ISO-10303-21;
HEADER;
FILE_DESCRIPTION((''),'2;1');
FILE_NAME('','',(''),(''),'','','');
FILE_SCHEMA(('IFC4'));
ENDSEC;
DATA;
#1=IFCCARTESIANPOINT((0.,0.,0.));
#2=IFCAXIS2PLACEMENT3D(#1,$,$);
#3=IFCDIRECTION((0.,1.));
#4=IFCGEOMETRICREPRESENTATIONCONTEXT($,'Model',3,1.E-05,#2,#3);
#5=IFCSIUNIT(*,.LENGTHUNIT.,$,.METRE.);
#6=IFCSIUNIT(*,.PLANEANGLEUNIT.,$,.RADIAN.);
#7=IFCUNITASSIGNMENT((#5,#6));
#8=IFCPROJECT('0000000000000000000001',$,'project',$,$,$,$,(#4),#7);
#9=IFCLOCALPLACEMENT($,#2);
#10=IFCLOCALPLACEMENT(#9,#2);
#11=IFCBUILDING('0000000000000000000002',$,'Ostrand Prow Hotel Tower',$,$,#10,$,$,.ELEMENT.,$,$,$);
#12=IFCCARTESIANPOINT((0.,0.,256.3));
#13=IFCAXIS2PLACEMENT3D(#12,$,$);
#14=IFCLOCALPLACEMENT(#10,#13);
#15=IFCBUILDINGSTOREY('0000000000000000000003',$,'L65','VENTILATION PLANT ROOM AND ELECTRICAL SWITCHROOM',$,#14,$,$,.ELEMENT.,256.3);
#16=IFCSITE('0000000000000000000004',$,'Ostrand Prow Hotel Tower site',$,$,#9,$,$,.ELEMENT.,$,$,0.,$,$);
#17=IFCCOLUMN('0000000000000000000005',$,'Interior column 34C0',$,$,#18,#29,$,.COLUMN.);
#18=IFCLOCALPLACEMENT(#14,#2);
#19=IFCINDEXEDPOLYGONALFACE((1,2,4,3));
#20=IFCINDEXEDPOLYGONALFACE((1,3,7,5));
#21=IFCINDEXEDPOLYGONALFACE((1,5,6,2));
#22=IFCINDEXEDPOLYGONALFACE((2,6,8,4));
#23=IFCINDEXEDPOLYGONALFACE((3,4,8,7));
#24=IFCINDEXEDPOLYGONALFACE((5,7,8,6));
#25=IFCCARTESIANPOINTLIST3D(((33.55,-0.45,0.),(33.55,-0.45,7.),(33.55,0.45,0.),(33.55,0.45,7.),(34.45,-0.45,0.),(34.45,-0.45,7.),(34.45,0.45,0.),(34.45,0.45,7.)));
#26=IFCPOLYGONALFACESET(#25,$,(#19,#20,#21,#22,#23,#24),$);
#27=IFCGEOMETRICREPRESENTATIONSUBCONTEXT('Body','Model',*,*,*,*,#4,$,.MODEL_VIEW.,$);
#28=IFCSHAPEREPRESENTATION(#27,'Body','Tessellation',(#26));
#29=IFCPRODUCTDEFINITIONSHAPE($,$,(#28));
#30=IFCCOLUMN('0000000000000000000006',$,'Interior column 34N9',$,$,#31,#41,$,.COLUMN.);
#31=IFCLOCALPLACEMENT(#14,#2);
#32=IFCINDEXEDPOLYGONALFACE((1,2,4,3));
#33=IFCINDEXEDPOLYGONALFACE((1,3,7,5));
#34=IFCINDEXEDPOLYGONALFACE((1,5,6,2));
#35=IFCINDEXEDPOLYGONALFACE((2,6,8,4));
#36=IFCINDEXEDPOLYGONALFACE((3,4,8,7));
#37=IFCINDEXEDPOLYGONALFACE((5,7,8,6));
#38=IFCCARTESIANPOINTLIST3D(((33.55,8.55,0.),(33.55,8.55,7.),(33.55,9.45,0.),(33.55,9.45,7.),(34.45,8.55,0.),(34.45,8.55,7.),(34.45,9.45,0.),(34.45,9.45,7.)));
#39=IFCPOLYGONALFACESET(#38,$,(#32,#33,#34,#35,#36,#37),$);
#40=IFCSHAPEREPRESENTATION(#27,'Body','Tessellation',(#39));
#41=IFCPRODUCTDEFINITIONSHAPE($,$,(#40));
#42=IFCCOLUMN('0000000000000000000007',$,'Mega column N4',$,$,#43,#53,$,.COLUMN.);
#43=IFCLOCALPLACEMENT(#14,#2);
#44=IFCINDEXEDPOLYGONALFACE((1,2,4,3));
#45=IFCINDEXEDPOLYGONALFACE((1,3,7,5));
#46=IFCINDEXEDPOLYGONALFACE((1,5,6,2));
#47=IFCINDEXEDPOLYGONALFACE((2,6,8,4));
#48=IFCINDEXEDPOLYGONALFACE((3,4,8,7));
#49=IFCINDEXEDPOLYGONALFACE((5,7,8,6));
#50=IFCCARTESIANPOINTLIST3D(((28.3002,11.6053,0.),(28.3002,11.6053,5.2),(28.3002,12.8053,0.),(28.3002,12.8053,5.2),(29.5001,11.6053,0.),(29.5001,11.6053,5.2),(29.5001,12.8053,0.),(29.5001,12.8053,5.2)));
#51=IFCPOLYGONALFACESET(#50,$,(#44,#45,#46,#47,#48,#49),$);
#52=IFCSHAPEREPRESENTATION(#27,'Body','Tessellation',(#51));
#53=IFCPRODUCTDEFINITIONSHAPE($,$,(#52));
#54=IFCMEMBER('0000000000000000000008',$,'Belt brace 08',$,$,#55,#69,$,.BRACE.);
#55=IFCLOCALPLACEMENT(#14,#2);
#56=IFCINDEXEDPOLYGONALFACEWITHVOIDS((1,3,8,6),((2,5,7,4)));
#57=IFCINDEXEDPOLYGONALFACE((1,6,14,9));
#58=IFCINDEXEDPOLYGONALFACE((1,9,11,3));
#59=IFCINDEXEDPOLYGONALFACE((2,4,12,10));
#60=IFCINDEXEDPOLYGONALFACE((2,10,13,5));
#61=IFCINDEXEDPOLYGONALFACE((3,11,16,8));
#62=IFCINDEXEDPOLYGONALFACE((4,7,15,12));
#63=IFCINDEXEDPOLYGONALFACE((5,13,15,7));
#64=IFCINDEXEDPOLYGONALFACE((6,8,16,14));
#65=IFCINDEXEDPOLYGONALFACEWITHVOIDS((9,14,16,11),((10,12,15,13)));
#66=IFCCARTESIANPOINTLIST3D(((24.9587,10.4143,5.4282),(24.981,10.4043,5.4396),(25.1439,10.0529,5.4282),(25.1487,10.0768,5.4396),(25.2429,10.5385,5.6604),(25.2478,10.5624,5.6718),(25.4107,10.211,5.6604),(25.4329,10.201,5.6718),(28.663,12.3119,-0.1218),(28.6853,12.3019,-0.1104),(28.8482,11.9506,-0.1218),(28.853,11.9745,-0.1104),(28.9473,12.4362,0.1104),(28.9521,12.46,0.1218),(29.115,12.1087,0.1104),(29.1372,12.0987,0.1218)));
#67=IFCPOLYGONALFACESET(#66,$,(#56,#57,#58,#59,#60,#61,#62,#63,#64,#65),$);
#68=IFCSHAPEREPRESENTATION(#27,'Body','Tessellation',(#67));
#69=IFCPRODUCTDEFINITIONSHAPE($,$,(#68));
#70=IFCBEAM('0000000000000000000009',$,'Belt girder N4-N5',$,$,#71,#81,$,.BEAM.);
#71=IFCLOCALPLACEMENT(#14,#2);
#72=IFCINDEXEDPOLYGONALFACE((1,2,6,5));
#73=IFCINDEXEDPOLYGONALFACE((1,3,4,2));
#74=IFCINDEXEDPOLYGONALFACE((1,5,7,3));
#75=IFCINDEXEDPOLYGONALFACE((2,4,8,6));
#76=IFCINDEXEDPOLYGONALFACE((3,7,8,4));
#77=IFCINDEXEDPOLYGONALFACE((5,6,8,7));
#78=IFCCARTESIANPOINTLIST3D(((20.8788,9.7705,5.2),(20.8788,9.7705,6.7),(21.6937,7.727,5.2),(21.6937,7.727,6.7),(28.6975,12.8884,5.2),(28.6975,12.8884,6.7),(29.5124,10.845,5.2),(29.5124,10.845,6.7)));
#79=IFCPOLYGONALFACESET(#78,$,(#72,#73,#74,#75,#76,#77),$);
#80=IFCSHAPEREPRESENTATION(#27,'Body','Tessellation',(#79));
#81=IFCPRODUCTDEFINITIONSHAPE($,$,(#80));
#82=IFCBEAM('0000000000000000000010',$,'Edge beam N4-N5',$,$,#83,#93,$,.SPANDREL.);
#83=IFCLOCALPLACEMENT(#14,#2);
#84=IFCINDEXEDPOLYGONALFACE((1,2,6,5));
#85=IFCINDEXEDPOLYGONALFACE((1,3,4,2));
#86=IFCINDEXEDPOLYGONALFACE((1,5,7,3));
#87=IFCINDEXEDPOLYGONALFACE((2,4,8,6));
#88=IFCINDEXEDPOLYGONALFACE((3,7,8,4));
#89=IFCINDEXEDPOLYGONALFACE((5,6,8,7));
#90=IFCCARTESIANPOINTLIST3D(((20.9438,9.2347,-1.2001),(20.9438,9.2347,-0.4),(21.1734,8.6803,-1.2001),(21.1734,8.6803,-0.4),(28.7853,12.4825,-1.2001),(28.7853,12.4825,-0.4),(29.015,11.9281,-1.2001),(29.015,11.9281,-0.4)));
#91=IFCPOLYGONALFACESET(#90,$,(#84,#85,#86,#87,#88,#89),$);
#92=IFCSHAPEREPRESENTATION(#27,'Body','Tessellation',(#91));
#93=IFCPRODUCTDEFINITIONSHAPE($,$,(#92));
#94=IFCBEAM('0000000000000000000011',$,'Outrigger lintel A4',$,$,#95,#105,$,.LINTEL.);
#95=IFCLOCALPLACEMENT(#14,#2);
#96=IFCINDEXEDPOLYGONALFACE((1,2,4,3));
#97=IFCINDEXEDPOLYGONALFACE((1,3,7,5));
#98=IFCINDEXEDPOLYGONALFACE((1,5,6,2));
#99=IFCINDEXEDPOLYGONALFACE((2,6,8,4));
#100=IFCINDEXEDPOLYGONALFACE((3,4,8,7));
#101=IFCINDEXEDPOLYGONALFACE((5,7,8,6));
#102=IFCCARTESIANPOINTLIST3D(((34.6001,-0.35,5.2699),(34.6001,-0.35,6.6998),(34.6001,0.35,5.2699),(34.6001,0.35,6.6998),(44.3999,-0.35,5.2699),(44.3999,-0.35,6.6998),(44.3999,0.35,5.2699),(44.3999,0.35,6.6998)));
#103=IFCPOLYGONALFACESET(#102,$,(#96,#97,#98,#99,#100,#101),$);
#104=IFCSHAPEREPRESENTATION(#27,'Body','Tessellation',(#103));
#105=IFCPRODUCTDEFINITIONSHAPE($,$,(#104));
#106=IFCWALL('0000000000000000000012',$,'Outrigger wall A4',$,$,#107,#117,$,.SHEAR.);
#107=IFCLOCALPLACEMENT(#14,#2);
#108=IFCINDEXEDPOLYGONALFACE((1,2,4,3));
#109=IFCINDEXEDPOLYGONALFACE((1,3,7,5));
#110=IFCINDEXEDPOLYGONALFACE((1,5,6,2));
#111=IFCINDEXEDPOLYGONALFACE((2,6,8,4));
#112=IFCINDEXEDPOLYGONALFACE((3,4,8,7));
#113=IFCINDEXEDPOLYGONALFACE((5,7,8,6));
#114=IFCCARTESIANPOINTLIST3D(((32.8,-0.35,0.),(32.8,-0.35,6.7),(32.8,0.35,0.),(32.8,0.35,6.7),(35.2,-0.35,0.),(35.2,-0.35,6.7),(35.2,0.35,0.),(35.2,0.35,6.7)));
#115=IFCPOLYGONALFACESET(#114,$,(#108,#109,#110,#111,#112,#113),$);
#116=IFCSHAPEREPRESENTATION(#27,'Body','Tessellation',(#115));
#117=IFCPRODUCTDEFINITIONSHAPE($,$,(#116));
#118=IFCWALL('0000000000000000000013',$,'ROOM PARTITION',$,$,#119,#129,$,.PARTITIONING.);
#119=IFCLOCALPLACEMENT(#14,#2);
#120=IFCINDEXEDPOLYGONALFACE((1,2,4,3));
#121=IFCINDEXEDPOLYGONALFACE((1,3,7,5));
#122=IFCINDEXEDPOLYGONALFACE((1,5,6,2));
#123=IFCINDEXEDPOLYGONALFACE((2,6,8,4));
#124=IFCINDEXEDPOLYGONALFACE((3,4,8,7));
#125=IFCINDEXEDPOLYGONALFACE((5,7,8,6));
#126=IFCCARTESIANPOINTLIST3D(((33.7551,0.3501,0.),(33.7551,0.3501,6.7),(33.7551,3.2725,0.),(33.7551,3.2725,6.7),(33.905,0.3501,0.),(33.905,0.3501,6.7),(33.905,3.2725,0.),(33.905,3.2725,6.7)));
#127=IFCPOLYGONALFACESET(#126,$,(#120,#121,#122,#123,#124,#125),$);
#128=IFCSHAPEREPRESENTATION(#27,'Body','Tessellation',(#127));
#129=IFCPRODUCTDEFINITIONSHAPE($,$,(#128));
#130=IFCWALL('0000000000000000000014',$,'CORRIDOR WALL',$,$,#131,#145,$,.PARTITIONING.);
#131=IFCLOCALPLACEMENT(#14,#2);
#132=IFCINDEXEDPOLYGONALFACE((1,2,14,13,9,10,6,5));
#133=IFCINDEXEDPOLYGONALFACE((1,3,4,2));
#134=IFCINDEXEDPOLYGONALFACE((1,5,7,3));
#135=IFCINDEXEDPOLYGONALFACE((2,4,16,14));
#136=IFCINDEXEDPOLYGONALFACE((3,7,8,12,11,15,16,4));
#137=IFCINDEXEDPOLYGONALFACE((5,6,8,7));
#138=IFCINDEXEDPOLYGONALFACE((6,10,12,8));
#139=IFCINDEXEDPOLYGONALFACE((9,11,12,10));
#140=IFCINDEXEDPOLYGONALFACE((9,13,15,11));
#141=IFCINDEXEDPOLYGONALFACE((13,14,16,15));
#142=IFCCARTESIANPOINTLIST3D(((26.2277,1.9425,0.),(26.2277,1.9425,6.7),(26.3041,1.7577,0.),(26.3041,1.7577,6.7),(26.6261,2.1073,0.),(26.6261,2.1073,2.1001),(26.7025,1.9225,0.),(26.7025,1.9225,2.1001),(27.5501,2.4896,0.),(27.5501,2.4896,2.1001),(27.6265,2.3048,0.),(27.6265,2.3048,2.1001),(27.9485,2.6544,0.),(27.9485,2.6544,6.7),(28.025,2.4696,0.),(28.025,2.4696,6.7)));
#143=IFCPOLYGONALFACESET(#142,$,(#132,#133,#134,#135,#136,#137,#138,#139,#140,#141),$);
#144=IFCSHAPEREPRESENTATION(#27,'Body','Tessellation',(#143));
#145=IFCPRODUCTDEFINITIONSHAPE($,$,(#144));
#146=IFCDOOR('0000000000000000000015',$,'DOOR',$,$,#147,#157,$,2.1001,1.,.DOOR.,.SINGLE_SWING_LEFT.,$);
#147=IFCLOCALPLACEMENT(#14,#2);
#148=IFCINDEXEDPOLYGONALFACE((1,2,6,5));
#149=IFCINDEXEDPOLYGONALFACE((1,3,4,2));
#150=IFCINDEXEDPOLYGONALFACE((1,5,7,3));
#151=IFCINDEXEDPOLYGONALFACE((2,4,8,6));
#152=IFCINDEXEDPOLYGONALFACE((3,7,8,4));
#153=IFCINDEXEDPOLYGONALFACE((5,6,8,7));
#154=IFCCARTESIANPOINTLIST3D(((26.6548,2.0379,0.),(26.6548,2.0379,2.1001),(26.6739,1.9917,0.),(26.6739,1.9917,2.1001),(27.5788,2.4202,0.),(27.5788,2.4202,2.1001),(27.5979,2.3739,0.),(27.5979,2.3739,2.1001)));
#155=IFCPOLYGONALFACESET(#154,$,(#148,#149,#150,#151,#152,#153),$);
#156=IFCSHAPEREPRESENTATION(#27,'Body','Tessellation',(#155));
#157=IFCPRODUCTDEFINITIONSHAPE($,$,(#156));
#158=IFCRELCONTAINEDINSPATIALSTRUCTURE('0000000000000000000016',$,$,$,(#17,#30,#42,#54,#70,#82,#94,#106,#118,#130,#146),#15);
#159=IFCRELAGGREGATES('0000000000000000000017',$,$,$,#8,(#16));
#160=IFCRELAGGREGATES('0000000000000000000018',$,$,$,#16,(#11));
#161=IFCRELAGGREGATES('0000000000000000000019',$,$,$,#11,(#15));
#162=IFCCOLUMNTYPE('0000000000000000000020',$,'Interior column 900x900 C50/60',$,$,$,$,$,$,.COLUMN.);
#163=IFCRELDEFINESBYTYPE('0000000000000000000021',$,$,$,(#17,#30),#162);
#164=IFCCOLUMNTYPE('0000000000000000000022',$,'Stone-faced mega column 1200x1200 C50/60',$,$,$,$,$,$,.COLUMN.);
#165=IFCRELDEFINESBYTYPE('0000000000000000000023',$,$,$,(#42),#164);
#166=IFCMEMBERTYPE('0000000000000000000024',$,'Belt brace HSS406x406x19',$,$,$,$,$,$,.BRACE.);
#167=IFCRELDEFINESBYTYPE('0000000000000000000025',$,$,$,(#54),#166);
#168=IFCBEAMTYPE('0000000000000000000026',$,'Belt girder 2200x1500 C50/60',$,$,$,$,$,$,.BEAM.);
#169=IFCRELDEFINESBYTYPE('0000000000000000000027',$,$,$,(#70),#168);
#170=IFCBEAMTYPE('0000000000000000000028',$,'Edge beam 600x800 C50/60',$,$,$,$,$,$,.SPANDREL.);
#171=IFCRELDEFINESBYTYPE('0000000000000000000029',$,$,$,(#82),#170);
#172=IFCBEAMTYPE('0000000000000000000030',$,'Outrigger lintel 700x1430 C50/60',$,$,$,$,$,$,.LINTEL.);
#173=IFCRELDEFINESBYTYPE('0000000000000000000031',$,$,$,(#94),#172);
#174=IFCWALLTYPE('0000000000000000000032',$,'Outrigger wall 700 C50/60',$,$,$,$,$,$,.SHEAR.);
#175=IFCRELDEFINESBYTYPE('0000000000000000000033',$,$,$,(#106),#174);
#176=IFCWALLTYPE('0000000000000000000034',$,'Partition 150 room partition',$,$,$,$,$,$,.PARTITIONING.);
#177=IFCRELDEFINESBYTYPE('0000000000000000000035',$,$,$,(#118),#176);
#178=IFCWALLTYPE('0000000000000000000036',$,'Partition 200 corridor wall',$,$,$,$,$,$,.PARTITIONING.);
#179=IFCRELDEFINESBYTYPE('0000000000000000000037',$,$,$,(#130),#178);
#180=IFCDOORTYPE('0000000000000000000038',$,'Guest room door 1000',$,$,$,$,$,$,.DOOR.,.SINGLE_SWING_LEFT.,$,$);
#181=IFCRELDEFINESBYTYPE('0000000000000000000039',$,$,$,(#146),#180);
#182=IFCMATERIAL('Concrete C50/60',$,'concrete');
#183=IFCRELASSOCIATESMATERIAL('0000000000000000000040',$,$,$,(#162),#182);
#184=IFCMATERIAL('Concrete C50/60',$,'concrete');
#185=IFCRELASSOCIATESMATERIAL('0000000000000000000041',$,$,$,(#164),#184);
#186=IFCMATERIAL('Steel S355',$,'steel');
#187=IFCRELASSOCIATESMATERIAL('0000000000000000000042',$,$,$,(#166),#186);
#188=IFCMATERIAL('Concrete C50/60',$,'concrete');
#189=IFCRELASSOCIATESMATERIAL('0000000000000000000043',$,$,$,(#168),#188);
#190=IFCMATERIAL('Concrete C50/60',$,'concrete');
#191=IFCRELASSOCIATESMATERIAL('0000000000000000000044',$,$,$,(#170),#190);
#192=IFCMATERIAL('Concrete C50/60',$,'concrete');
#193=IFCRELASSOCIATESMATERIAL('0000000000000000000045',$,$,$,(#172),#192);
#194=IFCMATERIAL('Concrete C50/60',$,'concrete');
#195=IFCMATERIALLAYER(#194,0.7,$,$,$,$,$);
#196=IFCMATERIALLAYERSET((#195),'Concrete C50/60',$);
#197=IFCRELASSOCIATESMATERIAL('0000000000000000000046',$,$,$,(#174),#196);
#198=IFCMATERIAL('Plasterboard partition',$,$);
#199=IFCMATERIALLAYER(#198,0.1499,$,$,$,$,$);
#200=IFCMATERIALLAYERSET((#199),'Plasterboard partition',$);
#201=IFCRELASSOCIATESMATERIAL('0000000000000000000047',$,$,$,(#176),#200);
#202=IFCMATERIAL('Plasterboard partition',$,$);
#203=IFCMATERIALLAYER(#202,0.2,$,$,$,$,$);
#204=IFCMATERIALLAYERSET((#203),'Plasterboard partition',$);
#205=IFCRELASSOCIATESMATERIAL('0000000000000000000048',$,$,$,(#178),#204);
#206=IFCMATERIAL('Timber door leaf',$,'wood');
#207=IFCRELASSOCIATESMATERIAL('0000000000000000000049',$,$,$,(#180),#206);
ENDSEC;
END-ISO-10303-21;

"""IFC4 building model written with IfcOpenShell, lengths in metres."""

from ifc_helpers import new_model, si_unit, direction, frame, frame_2d, origin, origin_2d, place, context, subcontext, project, spatial, rectangle, hollow_rectangle, extrude, material, layer, layer_set, material_profile, profile_set, type_object, element, fill, save


model = new_model("IFC4")

# Units and contexts
model_context = context("Model", 3, precision=1e-05, world=origin(), true_north=direction((0.0, 1.0)))
body_context = subcontext(model_context, "Body", "Model", "MODEL_VIEW")
ifc_project = project(units=[si_unit("LENGTHUNIT", "METRE"), si_unit("PLANEANGLEUNIT", "RADIAN")], contexts=[model_context])

# Site, building, storey
site_placement = place(None, origin())
site = spatial("IfcSite", under=ifc_project, at=site_placement, Name="Ostrand Prow Hotel Tower site", CompositionType="ELEMENT", RefElevation=0.0)
building_placement = place(site_placement, origin())
building = spatial("IfcBuilding", under=site, at=building_placement, Name="Ostrand Prow Hotel Tower", CompositionType="ELEMENT")
storey_placement = place(building_placement, frame((0.0, 0.0, 256.3)))
storey = spatial("IfcBuildingStorey", under=building, at=storey_placement, Name="L65", Description="VENTILATION PLANT ROOM AND ELECTRICAL SWITCHROOM", CompositionType="ELEMENT", Elevation=256.3)

# Columns
ifc_material_1 = material(Name="Concrete C50/60", Category="concrete")
ifc_material_profile_1 = material_profile(ifc_material_1, rectangle(XDim=0.8999, YDim=0.8999, at=origin_2d()), Name="RC 900x900")
ifc_profile_set_1 = profile_set([ifc_material_profile_1], Name="Concrete C50/60")
column_type_1 = type_object("IfcColumnType", Name="Interior column 900x900 C50/60", PredefinedType="COLUMN", material=ifc_profile_set_1)
for number, where, z_axis, x_axis, name in (
    (1, (34.0, 0.0, 0.0), (0.0, 0.0, 1.0), (1.0, 0.0, 0.0), "Interior column 34C0"),
    (2, (34.0, 9.0, 0.0), (0.0, 0.0, 1.0), (1.0, 0.0, 0.0), "Interior column 34N9"),
):
    element("IfcColumn", number, at=place(storey_placement, frame(where, z_axis=z_axis, x_axis=x_axis)), inside=storey, type_object=column_type_1, Name=name, PredefinedType="COLUMN", context=body_context, shape_type="SweptSolid", body=[
        extrude(rectangle(XDim=0.8999, YDim=0.8999, at=origin_2d()), origin(), (0.0, 0.0, 1.0), 7.0),
    ])
ifc_material_2 = material(Name="Concrete C50/60", Category="concrete")
ifc_material_profile_2 = material_profile(ifc_material_2, rectangle(XDim=1.2, YDim=1.2, at=origin_2d()), Name="RC 1200x1200")
ifc_profile_set_2 = profile_set([ifc_material_profile_2], Name="Concrete C50/60")
column_type_2 = type_object("IfcColumnType", Name="Stone-faced mega column 1200x1200 C50/60", PredefinedType="COLUMN", material=ifc_profile_set_2)
column_placement = place(storey_placement, frame((28.9001, 12.2053, 0.0), z_axis=(0.0, 0.0, 1.0), x_axis=(1.0, 0.0, 0.0)))
element("IfcColumn", 3, at=column_placement, inside=storey, type_object=column_type_2, Name="Mega column N4", PredefinedType="COLUMN", context=body_context, shape_type="SweptSolid", body=[
    extrude(rectangle(XDim=1.2, YDim=1.2, at=origin_2d()), origin(), (0.0, 0.0, 1.0), 5.2),
])

# Member
ifc_material_3 = material(Name="Steel S355", Category="steel")
ifc_material_profile_3 = material_profile(ifc_material_3, hollow_rectangle(XDim=0.406, YDim=0.406, WallThickness=0.019, at=origin_2d()), Name="HSS406x406x19")
ifc_profile_set_3 = profile_set([ifc_material_profile_3], Name="Steel S355")
member_type = type_object("IfcMemberType", Name="Belt brace HSS406x406x19", PredefinedType="BRACE", material=ifc_profile_set_3)
member_placement = place(storey_placement, frame((28.9001, 12.2053, 0.0), z_axis=(-0.533973, -0.27355, 0.800027), x_axis=(0.455944, -0.890009, 0.0)))
element("IfcMember", 4, at=member_placement, inside=storey, type_object=member_type, Name="Belt brace 08", PredefinedType="BRACE", context=body_context, shape_type="SweptSolid", body=[
    extrude(hollow_rectangle(XDim=0.406, YDim=0.406, WallThickness=0.019, at=origin_2d()), origin(), (0.0, 0.0, 1.0), 6.9373),
])

# Beams
ifc_material_4 = material(Name="Concrete C50/60", Category="concrete")
ifc_material_profile_4 = material_profile(ifc_material_4, rectangle(XDim=2.2, YDim=1.5, at=origin_2d()), Name="RC 2200x1500")
ifc_profile_set_4 = profile_set([ifc_material_profile_4], Name="Concrete C50/60")
beam_type_1 = type_object("IfcBeamType", Name="Belt girder 2200x1500 C50/60", PredefinedType="BEAM", material=ifc_profile_set_4)
beam_1_placement = place(storey_placement, frame((29.105, 11.8667, 5.95), z_axis=(-0.928866, -0.370415, 0.0), x_axis=(0.370415, -0.928866, 0.0)))
element("IfcBeam", 5, at=beam_1_placement, inside=storey, type_object=beam_type_1, Name="Belt girder N4-N5", PredefinedType="BEAM", context=body_context, shape_type="SweptSolid", body=[
    extrude(rectangle(XDim=2.2, YDim=1.5, at=origin_2d()), origin(), (0.0, 0.0, 1.0), 8.4175),
])
ifc_material_5 = material(Name="Concrete C50/60", Category="concrete")
ifc_material_profile_5 = material_profile(ifc_material_5, rectangle(XDim=0.6001, YDim=0.8, at=origin_2d()), Name="RC 600x800")
ifc_profile_set_5 = profile_set([ifc_material_profile_5], Name="Concrete C50/60")
beam_type_2 = type_object("IfcBeamType", Name="Edge beam 600x800 C50/60", PredefinedType="SPANDREL", material=ifc_profile_set_5)
beam_2_placement = place(storey_placement, frame((28.9001, 12.2053, -0.8), z_axis=(-0.923891, -0.382656, 0.0), x_axis=(0.382656, -0.923891, 0.0)))
element("IfcBeam", 6, at=beam_2_placement, inside=storey, type_object=beam_type_2, Name="Edge beam N4-N5", PredefinedType="SPANDREL", context=body_context, shape_type="SweptSolid", body=[
    extrude(rectangle(XDim=0.6001, YDim=0.8, at=origin_2d()), origin(), (0.0, 0.0, 1.0), 8.4875),
])
ifc_material_6 = material(Name="Concrete C50/60", Category="concrete")
ifc_material_profile_6 = material_profile(ifc_material_6, rectangle(XDim=0.7, YDim=1.4299, at=origin_2d()), Name="RC 700x1430")
ifc_profile_set_6 = profile_set([ifc_material_profile_6], Name="Concrete C50/60")
beam_type_3 = type_object("IfcBeamType", Name="Outrigger lintel 700x1430 C50/60", PredefinedType="LINTEL", material=ifc_profile_set_6)
beam_3_placement = place(storey_placement, frame((34.6001, 0.0, 5.9849), z_axis=(1.0, 0.0, 0.0), x_axis=(0.0, 1.0, 0.0)))
element("IfcBeam", 7, at=beam_3_placement, inside=storey, type_object=beam_type_3, Name="Outrigger lintel A4", PredefinedType="LINTEL", context=body_context, shape_type="SweptSolid", body=[
    extrude(rectangle(XDim=0.7, YDim=1.4299, at=origin_2d()), origin(), (0.0, 0.0, 1.0), 9.7998),
])

# Walls
ifc_material_7 = material(Name="Concrete C50/60", Category="concrete")
ifc_layer_1 = layer(ifc_material_7, 0.7)
ifc_layer_set_1 = layer_set([ifc_layer_1], Name="Concrete C50/60")
wall_type_1 = type_object("IfcWallType", Name="Outrigger wall 700 C50/60", PredefinedType="SHEAR", material=ifc_layer_set_1)
wall_1_placement = place(storey_placement, frame((32.8, 0.0, 0.0), z_axis=(0.0, 0.0, 1.0), x_axis=(1.0, 0.0, 0.0)))
element("IfcWall", 8, at=wall_1_placement, inside=storey, type_object=wall_type_1, Name="Outrigger wall A4", PredefinedType="SHEAR", context=body_context, shape_type="SweptSolid", body=[
    extrude(rectangle(XDim=2.3999, YDim=0.7, at=frame_2d((1.2, 0.0))), origin(), (0.0, 0.0, 1.0), 6.7),
])
ifc_material_8 = material(Name="Plasterboard partition")
ifc_layer_2 = layer(ifc_material_8, 0.1499)
ifc_layer_set_2 = layer_set([ifc_layer_2], Name="Plasterboard partition")
wall_type_2 = type_object("IfcWallType", Name="Partition 150 room partition", PredefinedType="PARTITIONING", material=ifc_layer_set_2)
wall_2_placement = place(storey_placement, frame((33.8301, 0.3501, 0.0), z_axis=(0.0, 0.0, 1.0), x_axis=(0.0, 1.0, 0.0)))
element("IfcWall", 9, at=wall_2_placement, inside=storey, type_object=wall_type_2, Name="ROOM PARTITION", PredefinedType="PARTITIONING", context=body_context, shape_type="SweptSolid", body=[
    extrude(rectangle(XDim=2.9224, YDim=0.1499, at=frame_2d((1.4612, 0.0))), origin(), (0.0, 0.0, 1.0), 6.7),
])

# Wall, opening, door
ifc_material_9 = material(Name="Plasterboard partition")
ifc_layer_3 = layer(ifc_material_9, 0.2)
ifc_layer_set_3 = layer_set([ifc_layer_3], Name="Plasterboard partition")
wall_type_3 = type_object("IfcWallType", Name="Partition 200 corridor wall", PredefinedType="PARTITIONING", material=ifc_layer_set_3)
wall_3_placement = place(storey_placement, frame((26.2659, 1.8501, 0.0), z_axis=(0.0, 0.0, 1.0), x_axis=(0.924055, 0.382259, 0.0)))
wall_3 = element("IfcWall", 10, at=wall_3_placement, inside=storey, type_object=wall_type_3, Name="CORRIDOR WALL", PredefinedType="PARTITIONING", context=body_context, shape_type="SweptSolid", body=[
    extrude(rectangle(XDim=1.8623, YDim=0.2, at=frame_2d((0.9312, 0.0))), origin(), (0.0, 0.0, 1.0), 6.7),
])
opening_1_placement = place(wall_3_placement, frame((0.4312, 0.0, 0.0)))
opening_1 = element("IfcOpeningElement", 11, at=opening_1_placement, cuts=wall_3, PredefinedType="OPENING", context=body_context, shape_type="SweptSolid", body=[
    extrude(rectangle(XDim=1.0, YDim=2.1001, at=frame_2d((0.5, 1.05))), frame((0.0, 0.1099, 0.0), z_axis=(0.0, -1.0, 0.0), x_axis=(1.0, 0.0, 0.0)), (0.0, 0.0, 1.0), 0.22),
])
ifc_material_10 = material(Name="Timber door leaf", Category="wood")
door_type_1 = type_object("IfcDoorType", Name="Guest room door 1000", OperationType="SINGLE_SWING_LEFT", PredefinedType="DOOR", material=ifc_material_10)
door_1_placement = place(opening_1_placement, origin())
door_1 = element("IfcDoor", 12, at=door_1_placement, inside=storey, type_object=door_type_1, Name="DOOR", OperationType="SINGLE_SWING_LEFT", OverallHeight=2.1001, OverallWidth=1.0, PredefinedType="DOOR", context=body_context, shape_type="SweptSolid", body=[
    extrude(rectangle(XDim=1.0, YDim=2.1001, at=frame_2d((0.5, 1.05))), frame((0.0, 0.0249, 0.0), z_axis=(0.0, -1.0, 0.0), x_axis=(1.0, 0.0, 0.0)), (0.0, 0.0, 1.0), 0.05),
])
fill(opening_1, door_1)

save(model, "model.ifc")
